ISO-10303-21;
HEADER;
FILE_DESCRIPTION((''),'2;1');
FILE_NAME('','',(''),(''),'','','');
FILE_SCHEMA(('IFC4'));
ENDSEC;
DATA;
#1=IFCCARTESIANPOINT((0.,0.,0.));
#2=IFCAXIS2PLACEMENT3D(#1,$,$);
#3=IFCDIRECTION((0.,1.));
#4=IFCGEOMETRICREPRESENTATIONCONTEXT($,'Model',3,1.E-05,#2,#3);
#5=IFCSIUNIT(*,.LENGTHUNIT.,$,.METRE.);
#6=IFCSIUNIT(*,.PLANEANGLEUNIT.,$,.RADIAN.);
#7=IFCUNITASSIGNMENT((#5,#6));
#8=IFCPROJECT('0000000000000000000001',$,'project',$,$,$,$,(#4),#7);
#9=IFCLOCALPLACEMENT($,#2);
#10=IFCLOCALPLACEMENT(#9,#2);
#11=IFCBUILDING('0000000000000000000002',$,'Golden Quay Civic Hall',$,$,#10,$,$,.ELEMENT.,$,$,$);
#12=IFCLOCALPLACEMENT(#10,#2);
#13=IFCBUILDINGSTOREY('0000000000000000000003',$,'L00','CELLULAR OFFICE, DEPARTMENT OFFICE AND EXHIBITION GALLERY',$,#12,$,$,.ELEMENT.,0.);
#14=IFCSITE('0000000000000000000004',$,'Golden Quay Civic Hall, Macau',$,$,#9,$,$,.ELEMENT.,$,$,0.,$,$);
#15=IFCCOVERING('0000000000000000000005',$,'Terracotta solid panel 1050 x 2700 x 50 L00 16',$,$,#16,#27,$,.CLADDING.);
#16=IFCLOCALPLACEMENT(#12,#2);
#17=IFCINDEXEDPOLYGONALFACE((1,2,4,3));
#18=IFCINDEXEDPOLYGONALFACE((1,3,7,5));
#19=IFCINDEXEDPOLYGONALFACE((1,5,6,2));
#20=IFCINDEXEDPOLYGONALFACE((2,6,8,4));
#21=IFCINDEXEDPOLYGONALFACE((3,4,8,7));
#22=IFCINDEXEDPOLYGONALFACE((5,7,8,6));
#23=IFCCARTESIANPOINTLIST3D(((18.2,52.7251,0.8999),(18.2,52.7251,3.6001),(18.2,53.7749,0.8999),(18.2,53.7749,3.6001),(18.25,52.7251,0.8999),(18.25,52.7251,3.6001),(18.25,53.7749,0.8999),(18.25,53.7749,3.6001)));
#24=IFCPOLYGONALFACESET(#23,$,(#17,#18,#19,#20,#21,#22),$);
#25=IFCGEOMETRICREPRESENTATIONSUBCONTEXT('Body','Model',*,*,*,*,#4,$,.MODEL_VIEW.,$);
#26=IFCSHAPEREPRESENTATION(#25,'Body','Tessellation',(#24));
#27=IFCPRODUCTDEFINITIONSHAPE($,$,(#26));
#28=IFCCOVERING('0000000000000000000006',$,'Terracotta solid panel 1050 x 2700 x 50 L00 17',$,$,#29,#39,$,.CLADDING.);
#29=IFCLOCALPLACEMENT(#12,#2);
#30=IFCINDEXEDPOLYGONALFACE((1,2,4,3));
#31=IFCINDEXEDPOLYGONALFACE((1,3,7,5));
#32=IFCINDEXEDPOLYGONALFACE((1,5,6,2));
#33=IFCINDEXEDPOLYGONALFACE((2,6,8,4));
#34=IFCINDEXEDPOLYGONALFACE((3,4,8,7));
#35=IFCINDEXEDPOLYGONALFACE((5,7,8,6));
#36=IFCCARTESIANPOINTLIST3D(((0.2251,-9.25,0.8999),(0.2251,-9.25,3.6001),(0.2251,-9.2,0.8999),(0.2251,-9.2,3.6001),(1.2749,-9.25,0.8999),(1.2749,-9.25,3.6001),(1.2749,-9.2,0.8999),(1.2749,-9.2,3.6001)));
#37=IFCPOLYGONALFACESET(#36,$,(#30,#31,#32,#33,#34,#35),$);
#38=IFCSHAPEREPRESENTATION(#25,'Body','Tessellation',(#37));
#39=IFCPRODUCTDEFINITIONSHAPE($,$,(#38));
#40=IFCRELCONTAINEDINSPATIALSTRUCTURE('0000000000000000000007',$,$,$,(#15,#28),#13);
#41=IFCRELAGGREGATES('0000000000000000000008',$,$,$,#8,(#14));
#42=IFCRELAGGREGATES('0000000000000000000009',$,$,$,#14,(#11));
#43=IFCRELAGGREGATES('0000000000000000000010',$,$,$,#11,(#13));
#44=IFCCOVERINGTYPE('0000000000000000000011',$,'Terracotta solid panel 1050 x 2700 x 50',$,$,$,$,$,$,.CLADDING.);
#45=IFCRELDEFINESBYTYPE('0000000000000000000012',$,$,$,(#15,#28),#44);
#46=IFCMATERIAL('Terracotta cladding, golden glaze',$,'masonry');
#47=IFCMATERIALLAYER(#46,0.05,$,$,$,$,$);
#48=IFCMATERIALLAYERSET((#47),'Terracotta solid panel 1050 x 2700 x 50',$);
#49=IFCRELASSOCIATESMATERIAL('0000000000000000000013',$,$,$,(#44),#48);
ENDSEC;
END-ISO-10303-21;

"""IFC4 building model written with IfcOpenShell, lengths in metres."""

from ifc_helpers import new_model, si_unit, direction, frame, origin, place, context, subcontext, project, spatial, polyline, outline, extrude, material, layer, layer_set, type_object, element, save


model = new_model("IFC4")

# Units and contexts
model_context = context("Model", 3, precision=1e-05, world=origin(), true_north=direction((0.0, 1.0)))
body_context = subcontext(model_context, "Body", "Model", "MODEL_VIEW")
ifc_project = project(units=[si_unit("LENGTHUNIT", "METRE"), si_unit("PLANEANGLEUNIT", "RADIAN")], contexts=[model_context])

# Site, building, storey
site_placement = place(None, origin())
site = spatial("IfcSite", under=ifc_project, at=site_placement, Name="Golden Quay Civic Hall, Macau", CompositionType="ELEMENT", RefElevation=0.0)
building_placement = place(site_placement, origin())
building = spatial("IfcBuilding", under=site, at=building_placement, Name="Golden Quay Civic Hall", CompositionType="ELEMENT")
storey_placement = place(building_placement, origin())
storey = spatial("IfcBuildingStorey", under=building, at=storey_placement, Name="L00", Description="CELLULAR OFFICE, DEPARTMENT OFFICE AND EXHIBITION GALLERY", CompositionType="ELEMENT", Elevation=0.0)

# Coverings
ifc_material_1 = material(Name="Terracotta cladding, golden glaze", Category="masonry")
ifc_layer_1 = layer(ifc_material_1, 0.05)
ifc_layer_set_1 = layer_set([ifc_layer_1], Name="Terracotta solid panel 1050 x 2700 x 50")
covering_type = type_object("IfcCoveringType", Name="Terracotta solid panel 1050 x 2700 x 50", PredefinedType="CLADDING", material=ifc_layer_set_1)
covering_1_placement = place(storey_placement, frame((0.0, 0.0, 0.8999)))
element("IfcCovering", 1, at=covering_1_placement, inside=storey, type_object=covering_type, Name="Terracotta solid panel 1050 x 2700 x 50 L00 16", PredefinedType="CLADDING", context=body_context, shape_type="SweptSolid", body=[
    extrude(outline(polyline([(18.2, 52.7251), (18.2, 53.7749), (18.25, 53.7749), (18.25, 52.7251), (18.2, 52.7251)])), origin(), (0.0, 0.0, 1.0), 2.7002),
])
covering_2_placement = place(storey_placement, frame((0.0, 0.0, 0.8999)))
element("IfcCovering", 2, at=covering_2_placement, inside=storey, type_object=covering_type, Name="Terracotta solid panel 1050 x 2700 x 50 L00 17", PredefinedType="CLADDING", context=body_context, shape_type="SweptSolid", body=[
    extrude(outline(polyline([(0.2251, -9.2), (1.2749, -9.2), (1.2749, -9.25), (0.2251, -9.25), (0.2251, -9.2)])), origin(), (0.0, 0.0, 1.0), 2.7002),
])

save(model, "model.ifc")
